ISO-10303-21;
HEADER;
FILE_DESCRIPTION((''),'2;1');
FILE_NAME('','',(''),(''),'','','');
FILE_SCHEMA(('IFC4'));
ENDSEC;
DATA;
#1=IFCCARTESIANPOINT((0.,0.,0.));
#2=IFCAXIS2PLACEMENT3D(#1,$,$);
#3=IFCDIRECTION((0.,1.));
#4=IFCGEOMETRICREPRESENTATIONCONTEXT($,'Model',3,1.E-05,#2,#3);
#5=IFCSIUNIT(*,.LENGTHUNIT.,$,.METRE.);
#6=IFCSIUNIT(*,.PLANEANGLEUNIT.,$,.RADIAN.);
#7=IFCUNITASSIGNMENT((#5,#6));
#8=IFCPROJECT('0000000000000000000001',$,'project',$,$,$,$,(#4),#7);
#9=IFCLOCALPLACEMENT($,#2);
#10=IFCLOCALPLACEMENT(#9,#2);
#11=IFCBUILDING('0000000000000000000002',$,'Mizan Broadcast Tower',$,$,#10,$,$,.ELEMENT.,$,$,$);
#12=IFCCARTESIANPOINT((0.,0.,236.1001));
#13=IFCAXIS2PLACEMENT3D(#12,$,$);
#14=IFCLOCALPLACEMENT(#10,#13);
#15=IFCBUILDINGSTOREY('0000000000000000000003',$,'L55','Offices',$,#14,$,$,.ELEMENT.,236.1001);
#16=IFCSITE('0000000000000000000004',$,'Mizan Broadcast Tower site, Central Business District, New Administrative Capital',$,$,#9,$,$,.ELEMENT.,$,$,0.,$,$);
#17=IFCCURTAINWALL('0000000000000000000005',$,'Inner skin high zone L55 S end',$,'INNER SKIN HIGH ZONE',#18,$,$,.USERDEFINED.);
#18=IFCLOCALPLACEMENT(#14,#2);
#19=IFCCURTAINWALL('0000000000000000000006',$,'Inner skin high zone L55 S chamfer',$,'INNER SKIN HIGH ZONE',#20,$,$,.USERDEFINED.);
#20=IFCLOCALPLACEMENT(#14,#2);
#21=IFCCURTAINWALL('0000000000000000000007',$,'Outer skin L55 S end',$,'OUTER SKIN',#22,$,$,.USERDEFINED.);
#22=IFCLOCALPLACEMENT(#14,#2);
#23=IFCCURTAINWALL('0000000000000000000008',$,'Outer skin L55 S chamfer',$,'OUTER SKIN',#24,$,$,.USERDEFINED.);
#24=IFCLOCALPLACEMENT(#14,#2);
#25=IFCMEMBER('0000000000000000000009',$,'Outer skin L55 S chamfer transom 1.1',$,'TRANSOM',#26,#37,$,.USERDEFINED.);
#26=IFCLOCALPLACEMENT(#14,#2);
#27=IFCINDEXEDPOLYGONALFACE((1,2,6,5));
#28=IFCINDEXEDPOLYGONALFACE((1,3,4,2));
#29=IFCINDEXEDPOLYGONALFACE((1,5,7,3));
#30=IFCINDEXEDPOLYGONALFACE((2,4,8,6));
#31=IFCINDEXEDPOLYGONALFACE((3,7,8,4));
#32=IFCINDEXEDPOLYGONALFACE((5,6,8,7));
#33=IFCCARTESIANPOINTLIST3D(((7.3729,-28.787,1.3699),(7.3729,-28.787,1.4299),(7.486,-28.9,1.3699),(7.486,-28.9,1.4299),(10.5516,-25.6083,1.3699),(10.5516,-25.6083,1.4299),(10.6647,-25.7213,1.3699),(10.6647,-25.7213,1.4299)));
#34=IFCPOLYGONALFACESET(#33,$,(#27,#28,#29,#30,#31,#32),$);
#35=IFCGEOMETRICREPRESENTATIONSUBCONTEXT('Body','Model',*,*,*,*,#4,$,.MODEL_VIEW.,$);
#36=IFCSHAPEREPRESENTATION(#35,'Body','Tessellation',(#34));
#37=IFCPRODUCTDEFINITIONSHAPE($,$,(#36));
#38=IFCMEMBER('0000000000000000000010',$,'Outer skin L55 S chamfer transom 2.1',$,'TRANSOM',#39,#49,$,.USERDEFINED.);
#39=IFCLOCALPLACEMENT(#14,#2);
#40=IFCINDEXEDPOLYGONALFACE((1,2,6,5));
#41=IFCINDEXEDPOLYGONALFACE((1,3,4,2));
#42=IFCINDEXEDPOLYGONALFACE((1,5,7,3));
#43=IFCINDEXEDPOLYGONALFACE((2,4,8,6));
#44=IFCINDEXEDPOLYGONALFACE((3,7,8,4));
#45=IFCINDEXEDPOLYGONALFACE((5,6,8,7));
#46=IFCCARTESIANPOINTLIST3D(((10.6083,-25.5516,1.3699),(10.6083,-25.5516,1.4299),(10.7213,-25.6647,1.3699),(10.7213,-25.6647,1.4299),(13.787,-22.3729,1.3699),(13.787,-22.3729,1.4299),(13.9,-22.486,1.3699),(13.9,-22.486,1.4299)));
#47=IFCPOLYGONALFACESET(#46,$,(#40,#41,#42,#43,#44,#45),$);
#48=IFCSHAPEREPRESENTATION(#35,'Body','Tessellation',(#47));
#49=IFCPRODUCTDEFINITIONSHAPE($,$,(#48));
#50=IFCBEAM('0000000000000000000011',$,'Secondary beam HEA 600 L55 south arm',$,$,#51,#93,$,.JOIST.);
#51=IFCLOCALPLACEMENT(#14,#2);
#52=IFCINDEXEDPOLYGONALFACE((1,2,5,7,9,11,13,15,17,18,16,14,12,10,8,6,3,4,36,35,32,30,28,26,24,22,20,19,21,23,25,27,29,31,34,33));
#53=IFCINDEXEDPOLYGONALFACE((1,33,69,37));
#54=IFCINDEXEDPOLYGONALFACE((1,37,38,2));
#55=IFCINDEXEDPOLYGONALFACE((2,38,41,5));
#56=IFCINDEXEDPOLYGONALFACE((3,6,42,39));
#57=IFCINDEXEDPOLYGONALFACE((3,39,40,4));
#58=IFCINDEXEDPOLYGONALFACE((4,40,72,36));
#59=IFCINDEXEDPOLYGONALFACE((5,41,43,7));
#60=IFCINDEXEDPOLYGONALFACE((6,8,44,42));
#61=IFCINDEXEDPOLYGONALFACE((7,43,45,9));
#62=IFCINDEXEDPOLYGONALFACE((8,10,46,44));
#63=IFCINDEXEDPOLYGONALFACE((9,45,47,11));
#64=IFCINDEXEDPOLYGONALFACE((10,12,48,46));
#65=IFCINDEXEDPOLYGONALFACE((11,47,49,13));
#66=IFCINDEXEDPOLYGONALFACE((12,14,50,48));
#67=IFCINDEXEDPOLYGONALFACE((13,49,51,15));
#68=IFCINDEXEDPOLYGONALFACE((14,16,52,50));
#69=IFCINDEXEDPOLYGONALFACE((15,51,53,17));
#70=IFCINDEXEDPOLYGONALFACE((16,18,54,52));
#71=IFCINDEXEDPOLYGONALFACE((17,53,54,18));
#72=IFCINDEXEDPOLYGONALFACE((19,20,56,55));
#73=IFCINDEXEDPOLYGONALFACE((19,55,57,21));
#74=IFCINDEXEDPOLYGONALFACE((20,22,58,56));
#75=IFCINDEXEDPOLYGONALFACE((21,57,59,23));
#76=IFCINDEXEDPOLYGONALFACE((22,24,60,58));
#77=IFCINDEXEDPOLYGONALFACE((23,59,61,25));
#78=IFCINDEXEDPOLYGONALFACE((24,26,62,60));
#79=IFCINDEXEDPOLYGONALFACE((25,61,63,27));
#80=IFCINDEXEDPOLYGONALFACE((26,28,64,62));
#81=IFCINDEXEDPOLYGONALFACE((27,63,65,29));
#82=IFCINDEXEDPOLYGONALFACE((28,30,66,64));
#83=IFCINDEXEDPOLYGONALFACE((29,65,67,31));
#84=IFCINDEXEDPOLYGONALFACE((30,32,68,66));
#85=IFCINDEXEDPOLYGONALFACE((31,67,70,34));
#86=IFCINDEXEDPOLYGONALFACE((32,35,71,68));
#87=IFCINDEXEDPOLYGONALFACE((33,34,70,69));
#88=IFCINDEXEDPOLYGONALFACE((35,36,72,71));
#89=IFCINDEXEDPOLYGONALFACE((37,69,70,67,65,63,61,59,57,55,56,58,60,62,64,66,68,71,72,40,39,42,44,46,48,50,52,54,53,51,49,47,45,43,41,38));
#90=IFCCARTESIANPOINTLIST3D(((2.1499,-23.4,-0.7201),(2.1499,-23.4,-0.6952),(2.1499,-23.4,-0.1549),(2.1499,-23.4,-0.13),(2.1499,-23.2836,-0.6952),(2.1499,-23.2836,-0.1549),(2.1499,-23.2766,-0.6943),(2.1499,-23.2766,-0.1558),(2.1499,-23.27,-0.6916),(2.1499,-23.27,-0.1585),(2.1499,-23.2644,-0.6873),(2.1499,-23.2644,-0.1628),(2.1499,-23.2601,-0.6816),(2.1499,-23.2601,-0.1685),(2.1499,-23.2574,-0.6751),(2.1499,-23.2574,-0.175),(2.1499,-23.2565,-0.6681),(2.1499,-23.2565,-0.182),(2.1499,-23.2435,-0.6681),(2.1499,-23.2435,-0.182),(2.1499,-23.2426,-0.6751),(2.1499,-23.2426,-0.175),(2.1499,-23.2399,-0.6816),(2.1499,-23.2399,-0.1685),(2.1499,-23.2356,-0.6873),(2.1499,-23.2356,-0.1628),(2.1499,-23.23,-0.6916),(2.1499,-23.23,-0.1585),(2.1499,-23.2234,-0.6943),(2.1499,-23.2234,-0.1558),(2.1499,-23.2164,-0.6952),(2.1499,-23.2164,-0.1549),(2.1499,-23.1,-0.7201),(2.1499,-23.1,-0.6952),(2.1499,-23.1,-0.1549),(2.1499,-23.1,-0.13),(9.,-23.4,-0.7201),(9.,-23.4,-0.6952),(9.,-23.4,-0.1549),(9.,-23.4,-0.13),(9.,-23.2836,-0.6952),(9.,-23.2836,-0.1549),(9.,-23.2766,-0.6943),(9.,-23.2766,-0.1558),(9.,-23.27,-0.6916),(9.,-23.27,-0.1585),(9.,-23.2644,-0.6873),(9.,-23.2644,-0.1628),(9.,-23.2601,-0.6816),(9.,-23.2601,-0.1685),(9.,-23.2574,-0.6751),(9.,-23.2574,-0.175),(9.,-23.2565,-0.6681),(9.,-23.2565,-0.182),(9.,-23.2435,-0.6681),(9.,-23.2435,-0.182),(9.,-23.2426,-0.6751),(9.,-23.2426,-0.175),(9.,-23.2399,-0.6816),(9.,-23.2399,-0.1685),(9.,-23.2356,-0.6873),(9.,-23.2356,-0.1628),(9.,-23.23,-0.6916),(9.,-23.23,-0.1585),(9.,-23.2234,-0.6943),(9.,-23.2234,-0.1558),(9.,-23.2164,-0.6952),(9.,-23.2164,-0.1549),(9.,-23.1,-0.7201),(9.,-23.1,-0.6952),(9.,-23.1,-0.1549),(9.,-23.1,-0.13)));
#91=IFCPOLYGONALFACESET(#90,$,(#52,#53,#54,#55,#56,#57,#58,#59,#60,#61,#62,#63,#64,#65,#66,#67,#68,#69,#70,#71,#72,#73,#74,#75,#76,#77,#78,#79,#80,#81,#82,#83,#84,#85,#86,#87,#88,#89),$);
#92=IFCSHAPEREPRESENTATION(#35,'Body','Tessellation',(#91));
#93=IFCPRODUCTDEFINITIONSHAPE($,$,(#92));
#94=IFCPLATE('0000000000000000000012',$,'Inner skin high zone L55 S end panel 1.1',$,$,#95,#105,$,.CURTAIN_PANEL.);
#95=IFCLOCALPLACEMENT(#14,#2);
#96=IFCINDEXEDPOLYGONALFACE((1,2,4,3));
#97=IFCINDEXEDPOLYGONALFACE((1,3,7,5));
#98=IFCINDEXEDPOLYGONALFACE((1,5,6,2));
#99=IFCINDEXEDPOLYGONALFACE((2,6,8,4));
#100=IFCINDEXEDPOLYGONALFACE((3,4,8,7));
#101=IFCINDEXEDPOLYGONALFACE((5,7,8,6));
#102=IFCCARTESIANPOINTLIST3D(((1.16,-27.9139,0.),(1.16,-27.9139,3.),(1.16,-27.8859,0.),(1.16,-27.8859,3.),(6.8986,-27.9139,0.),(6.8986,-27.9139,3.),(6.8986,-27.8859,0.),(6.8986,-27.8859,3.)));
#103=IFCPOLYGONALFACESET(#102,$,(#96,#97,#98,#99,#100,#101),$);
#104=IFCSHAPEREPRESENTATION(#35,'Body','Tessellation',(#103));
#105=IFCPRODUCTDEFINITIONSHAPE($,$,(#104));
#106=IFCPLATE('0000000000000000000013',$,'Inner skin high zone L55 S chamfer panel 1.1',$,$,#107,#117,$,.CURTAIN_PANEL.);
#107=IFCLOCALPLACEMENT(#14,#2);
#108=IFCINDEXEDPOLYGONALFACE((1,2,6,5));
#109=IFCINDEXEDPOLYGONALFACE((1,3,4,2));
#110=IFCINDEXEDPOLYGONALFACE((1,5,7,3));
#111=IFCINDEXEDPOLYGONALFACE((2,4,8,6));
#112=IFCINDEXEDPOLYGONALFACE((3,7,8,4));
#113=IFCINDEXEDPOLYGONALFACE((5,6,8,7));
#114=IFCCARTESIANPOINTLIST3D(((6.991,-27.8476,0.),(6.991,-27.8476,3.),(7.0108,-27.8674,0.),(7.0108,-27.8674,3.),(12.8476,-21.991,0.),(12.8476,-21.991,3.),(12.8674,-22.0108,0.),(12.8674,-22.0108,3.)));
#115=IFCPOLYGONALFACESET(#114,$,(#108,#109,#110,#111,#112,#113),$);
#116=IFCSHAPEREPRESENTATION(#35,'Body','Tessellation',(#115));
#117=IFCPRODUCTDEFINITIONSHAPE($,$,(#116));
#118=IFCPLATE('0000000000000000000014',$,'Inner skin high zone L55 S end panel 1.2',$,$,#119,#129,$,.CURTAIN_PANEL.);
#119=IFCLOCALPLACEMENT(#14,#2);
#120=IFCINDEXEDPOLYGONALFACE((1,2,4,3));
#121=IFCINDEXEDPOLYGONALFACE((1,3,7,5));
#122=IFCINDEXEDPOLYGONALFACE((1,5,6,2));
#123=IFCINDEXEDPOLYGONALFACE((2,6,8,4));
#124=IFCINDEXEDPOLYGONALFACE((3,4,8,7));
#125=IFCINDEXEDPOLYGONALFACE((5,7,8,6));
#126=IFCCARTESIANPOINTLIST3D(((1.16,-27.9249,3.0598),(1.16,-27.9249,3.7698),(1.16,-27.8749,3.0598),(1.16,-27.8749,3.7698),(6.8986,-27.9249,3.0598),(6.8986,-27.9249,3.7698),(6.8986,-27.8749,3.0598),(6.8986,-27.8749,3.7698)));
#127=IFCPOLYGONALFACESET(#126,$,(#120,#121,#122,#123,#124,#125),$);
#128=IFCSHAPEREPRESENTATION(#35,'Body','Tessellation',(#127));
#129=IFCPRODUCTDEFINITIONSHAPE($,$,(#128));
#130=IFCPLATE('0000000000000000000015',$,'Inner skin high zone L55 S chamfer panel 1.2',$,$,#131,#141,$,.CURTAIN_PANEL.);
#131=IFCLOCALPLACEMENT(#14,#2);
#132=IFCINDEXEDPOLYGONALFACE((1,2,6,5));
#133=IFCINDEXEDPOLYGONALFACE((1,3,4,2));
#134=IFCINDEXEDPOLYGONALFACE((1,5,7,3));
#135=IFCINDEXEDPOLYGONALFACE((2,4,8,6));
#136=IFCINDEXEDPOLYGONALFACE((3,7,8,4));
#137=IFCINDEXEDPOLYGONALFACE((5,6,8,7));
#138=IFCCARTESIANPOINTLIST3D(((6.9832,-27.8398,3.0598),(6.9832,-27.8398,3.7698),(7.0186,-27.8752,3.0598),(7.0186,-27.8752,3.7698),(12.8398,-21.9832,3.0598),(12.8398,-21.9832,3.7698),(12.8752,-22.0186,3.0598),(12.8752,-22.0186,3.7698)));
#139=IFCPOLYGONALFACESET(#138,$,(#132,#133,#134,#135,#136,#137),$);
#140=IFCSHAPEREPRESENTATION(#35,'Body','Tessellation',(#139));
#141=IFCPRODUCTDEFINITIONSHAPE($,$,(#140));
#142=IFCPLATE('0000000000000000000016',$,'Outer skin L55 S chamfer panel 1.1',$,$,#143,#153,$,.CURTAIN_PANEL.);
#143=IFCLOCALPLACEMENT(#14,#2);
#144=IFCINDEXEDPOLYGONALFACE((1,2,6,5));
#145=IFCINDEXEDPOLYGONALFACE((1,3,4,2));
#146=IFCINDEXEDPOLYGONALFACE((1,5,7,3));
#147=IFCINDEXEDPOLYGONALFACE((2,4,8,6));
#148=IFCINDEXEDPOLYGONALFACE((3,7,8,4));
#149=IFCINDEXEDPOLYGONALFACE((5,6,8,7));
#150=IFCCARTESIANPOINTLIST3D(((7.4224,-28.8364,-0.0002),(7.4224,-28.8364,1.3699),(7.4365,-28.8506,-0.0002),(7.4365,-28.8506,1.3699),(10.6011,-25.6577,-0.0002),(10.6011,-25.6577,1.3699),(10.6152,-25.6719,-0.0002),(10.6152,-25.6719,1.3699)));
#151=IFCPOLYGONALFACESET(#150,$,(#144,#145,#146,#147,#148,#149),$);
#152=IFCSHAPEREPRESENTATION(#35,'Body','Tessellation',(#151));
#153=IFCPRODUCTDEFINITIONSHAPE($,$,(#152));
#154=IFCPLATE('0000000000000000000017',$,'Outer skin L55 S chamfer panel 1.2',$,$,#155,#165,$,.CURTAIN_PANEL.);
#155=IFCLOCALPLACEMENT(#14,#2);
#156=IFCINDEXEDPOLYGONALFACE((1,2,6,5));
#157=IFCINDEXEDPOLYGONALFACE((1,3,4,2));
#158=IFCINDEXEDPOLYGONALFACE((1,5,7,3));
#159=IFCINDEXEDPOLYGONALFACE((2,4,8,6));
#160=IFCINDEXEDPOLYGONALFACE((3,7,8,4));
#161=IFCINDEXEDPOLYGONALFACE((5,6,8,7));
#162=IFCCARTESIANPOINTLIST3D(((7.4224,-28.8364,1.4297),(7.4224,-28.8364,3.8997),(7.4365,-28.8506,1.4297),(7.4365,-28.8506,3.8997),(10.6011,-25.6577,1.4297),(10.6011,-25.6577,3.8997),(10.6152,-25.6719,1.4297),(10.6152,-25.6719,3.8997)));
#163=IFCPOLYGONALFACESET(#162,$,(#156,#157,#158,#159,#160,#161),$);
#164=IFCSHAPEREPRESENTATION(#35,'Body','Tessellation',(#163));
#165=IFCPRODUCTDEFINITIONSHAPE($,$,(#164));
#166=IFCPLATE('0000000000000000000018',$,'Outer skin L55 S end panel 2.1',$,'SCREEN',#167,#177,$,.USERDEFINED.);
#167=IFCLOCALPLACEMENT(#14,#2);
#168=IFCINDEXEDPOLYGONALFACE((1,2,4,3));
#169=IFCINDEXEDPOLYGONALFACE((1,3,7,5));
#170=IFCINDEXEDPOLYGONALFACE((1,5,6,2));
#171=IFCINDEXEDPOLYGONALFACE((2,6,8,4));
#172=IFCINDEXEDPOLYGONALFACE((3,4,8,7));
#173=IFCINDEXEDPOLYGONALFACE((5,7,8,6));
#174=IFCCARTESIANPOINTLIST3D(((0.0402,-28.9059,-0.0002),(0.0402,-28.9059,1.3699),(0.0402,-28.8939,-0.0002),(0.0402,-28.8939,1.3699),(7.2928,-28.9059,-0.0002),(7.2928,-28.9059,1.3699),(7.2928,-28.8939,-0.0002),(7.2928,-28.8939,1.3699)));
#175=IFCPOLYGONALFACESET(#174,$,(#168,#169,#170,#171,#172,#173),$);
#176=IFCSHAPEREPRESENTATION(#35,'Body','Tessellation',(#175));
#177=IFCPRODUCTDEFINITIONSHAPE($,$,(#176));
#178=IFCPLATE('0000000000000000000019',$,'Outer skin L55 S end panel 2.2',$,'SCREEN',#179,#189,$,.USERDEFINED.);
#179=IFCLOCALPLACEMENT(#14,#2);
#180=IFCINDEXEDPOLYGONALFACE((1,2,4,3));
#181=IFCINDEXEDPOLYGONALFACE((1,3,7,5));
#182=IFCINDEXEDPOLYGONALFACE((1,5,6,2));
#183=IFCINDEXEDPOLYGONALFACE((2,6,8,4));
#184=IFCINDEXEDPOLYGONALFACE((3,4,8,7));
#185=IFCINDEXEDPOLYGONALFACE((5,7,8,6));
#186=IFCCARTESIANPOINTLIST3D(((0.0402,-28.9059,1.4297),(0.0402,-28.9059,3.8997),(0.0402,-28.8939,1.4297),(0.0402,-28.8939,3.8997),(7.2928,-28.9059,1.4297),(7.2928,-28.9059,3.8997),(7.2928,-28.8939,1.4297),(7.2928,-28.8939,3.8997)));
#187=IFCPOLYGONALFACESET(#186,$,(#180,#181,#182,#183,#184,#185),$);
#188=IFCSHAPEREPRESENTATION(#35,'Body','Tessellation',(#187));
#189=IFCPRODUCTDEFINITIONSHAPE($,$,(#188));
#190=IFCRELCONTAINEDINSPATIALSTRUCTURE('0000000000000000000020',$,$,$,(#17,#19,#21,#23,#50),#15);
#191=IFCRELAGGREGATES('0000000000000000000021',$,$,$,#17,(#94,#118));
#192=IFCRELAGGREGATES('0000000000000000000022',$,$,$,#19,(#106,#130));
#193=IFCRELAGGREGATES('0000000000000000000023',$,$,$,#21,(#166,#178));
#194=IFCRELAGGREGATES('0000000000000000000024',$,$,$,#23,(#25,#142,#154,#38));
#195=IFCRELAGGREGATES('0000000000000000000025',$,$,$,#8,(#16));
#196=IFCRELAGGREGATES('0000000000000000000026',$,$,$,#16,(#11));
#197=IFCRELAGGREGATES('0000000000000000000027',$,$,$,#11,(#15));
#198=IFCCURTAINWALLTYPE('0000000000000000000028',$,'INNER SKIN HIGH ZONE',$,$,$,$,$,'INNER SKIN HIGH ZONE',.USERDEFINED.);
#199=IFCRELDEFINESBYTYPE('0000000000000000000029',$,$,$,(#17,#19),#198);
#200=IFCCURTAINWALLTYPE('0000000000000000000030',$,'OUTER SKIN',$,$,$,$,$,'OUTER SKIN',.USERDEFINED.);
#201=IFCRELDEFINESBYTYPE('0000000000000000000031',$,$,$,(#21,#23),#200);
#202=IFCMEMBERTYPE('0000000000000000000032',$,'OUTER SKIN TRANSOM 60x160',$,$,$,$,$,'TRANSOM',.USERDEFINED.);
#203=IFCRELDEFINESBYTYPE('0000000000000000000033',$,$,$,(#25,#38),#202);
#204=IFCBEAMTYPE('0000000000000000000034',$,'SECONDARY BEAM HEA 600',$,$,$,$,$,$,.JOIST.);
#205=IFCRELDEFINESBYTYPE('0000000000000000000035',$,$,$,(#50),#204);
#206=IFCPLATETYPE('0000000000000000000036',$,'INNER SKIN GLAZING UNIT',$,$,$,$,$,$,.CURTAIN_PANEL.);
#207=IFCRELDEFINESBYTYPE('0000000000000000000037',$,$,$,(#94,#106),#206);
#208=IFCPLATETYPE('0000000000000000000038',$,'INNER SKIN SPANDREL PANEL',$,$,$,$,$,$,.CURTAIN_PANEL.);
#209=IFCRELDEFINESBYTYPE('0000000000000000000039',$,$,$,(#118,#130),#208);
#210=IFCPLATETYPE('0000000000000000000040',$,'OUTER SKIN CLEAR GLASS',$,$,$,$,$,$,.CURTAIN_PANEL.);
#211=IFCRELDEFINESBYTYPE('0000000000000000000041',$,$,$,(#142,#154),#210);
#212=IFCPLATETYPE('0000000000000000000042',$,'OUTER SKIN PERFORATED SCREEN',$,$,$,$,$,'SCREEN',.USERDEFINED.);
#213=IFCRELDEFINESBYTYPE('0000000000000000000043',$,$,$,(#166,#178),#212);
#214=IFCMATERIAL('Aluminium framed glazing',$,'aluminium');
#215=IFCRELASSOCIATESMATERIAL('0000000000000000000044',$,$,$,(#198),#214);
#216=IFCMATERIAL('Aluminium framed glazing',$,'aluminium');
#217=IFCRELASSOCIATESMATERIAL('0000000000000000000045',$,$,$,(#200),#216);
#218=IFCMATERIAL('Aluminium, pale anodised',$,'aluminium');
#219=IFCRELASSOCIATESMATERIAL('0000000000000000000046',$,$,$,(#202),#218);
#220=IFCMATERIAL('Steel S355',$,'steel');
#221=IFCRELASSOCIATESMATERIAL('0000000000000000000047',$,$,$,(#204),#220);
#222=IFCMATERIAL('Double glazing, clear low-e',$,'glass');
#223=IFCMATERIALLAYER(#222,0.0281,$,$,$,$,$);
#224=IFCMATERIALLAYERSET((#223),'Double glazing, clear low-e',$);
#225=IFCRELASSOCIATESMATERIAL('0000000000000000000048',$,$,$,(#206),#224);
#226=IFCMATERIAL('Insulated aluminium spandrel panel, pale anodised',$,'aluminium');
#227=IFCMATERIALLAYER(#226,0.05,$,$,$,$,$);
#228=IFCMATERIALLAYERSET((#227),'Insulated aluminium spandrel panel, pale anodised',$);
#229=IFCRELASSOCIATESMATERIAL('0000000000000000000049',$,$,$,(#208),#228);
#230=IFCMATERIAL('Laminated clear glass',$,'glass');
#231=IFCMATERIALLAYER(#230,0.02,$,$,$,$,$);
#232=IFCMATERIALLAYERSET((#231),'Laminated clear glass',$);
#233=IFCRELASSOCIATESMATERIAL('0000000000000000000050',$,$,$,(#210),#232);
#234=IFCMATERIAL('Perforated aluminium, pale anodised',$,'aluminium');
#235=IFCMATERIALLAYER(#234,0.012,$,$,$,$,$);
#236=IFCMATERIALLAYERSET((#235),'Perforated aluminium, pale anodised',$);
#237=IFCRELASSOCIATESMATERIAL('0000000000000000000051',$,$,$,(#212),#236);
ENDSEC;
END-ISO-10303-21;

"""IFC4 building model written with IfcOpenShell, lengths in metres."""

from ifc_helpers import new_model, si_unit, direction, frame, origin, origin_2d, place, context, subcontext, project, spatial, rectangle, i_section, extrude, material, layer, layer_set, material_profile, profile_set, type_object, element, aggregate, save


model = new_model("IFC4")

# Units and contexts
model_context = context("Model", 3, precision=1e-05, world=origin(), true_north=direction((0.0, 1.0)))
body_context = subcontext(model_context, "Body", "Model", "MODEL_VIEW")
ifc_project = project(units=[si_unit("LENGTHUNIT", "METRE"), si_unit("PLANEANGLEUNIT", "RADIAN")], contexts=[model_context])

# Site, building, storey
site_placement = place(None, origin())
site = spatial("IfcSite", under=ifc_project, at=site_placement, Name="Mizan Broadcast Tower site, Central Business District, New Administrative Capital", CompositionType="ELEMENT", RefElevation=0.0)
building_placement = place(site_placement, origin())
building = spatial("IfcBuilding", under=site, at=building_placement, Name="Mizan Broadcast Tower", CompositionType="ELEMENT")
storey_placement = place(building_placement, frame((0.0, 0.0, 236.1001)))
storey = spatial("IfcBuildingStorey", under=building, at=storey_placement, Name="L55", Description="Offices", CompositionType="ELEMENT", Elevation=236.1001)

# Curtain wall
ifc_material_1 = material(Name="Aluminium framed glazing", Category="aluminium")
curtain_wall_type_1 = type_object("IfcCurtainWallType", Name="INNER SKIN HIGH ZONE", ElementType="INNER SKIN HIGH ZONE", PredefinedType="USERDEFINED", material=ifc_material_1)
curtain_wall_1_placement = place(storey_placement, origin())
curtain_wall_1 = element("IfcCurtainWall", 1, at=curtain_wall_1_placement, inside=storey, type_object=curtain_wall_type_1, Name="Inner skin high zone L55 S end", ObjectType="INNER SKIN HIGH ZONE", PredefinedType="USERDEFINED")

# Curtain wall
curtain_wall_2_placement = place(storey_placement, origin())
curtain_wall_2 = element("IfcCurtainWall", 2, at=curtain_wall_2_placement, inside=storey, type_object=curtain_wall_type_1, Name="Inner skin high zone L55 S chamfer", ObjectType="INNER SKIN HIGH ZONE", PredefinedType="USERDEFINED")

# Curtain wall
ifc_material_2 = material(Name="Aluminium framed glazing", Category="aluminium")
curtain_wall_type_2 = type_object("IfcCurtainWallType", Name="OUTER SKIN", ElementType="OUTER SKIN", PredefinedType="USERDEFINED", material=ifc_material_2)
curtain_wall_3_placement = place(storey_placement, origin())
curtain_wall_3 = element("IfcCurtainWall", 3, at=curtain_wall_3_placement, inside=storey, type_object=curtain_wall_type_2, Name="Outer skin L55 S end", ObjectType="OUTER SKIN", PredefinedType="USERDEFINED")

# Curtain wall
curtain_wall_4_placement = place(storey_placement, origin())
curtain_wall_4 = element("IfcCurtainWall", 4, at=curtain_wall_4_placement, inside=storey, type_object=curtain_wall_type_2, Name="Outer skin L55 S chamfer", ObjectType="OUTER SKIN", PredefinedType="USERDEFINED")

# Members
ifc_material_3 = material(Name="Aluminium, pale anodised", Category="aluminium")
ifc_material_profile_1 = material_profile(ifc_material_3, rectangle(XDim=0.1599, YDim=0.0601, at=origin_2d()), Name="TRANSOM 160x60")
ifc_profile_set_1 = profile_set([ifc_material_profile_1], Name="Aluminium, pale anodised")
member_type_1 = type_object("IfcMemberType", Name="OUTER SKIN TRANSOM 60x160", ElementType="TRANSOM", PredefinedType="USERDEFINED", material=ifc_profile_set_1)
member_1_placement = place(storey_placement, frame((7.4294, -28.8435, 1.3999), z_axis=(0.707107, 0.707107, 0.0), x_axis=(-0.707107, 0.707107, 0.0)))
member_1 = element("IfcMember", 5, at=member_1_placement, type_object=member_type_1, Name="Outer skin L55 S chamfer transom 1.1", ObjectType="TRANSOM", PredefinedType="USERDEFINED", context=body_context, shape_type="SweptSolid", body=[
    extrude(rectangle(XDim=0.1599, YDim=0.0601, at=origin_2d()), origin(), (0.0, 0.0, 1.0), 4.4954),
])
member_2_placement = place(storey_placement, frame((10.6648, -25.6082, 1.3999), z_axis=(0.707107, 0.707107, 0.0), x_axis=(-0.707107, 0.707107, 0.0)))
member_2 = element("IfcMember", 6, at=member_2_placement, type_object=member_type_1, Name="Outer skin L55 S chamfer transom 2.1", ObjectType="TRANSOM", PredefinedType="USERDEFINED", context=body_context, shape_type="SweptSolid", body=[
    extrude(rectangle(XDim=0.1599, YDim=0.0601, at=origin_2d()), origin(), (0.0, 0.0, 1.0), 4.4954),
])

# Beam
ifc_material_4 = material(Name="Steel S355", Category="steel")
ifc_material_profile_2 = material_profile(ifc_material_4, i_section(OverallWidth=0.3, OverallDepth=0.5901, WebThickness=0.0129, FlangeThickness=0.0249, FilletRadius=0.0271, at=origin_2d()), Name="HEA 600")
ifc_profile_set_2 = profile_set([ifc_material_profile_2], Name="Steel S355")
beam_type_1 = type_object("IfcBeamType", Name="SECONDARY BEAM HEA 600", PredefinedType="JOIST", material=ifc_profile_set_2)
beam_1_placement = place(storey_placement, frame((9.0, -23.25, -0.425), z_axis=(-1.0, 0.0, 0.0), x_axis=(0.0, -1.0, 0.0)))
element("IfcBeam", 7, at=beam_1_placement, inside=storey, type_object=beam_type_1, Name="Secondary beam HEA 600 L55 south arm", PredefinedType="JOIST", context=body_context, shape_type="SweptSolid", body=[
    extrude(i_section(OverallWidth=0.3, OverallDepth=0.5901, WebThickness=0.0129, FlangeThickness=0.0249, FilletRadius=0.0271, at=origin_2d()), origin(), (0.0, 0.0, 1.0), 6.8501),
])

# Plates
ifc_material_5 = material(Name="Double glazing, clear low-e", Category="glass")
ifc_layer_1 = layer(ifc_material_5, 0.0281)
ifc_layer_set_1 = layer_set([ifc_layer_1], Name="Double glazing, clear low-e")
plate_type_1 = type_object("IfcPlateType", Name="INNER SKIN GLAZING UNIT", PredefinedType="CURTAIN_PANEL", material=ifc_layer_set_1)
plate_1_placement = place(storey_placement, frame((4.0293, -27.8999, 0.0), z_axis=(0.0, 0.0, 1.0), x_axis=(1.0, 0.0, 0.0)))
plate_1 = element("IfcPlate", 8, at=plate_1_placement, type_object=plate_type_1, Name="Inner skin high zone L55 S end panel 1.1", PredefinedType="CURTAIN_PANEL", context=body_context, shape_type="SweptSolid", body=[
    extrude(rectangle(XDim=5.7385, YDim=0.0281, at=origin_2d()), origin(), (0.0, 0.0, 1.0), 3.0),
])
plate_2_placement = place(storey_placement, frame((9.9292, -24.9292, 0.0), z_axis=(0.0, 0.0, 1.0), x_axis=(0.707107, 0.707107, 0.0)))
plate_2 = element("IfcPlate", 9, at=plate_2_placement, type_object=plate_type_1, Name="Inner skin high zone L55 S chamfer panel 1.1", PredefinedType="CURTAIN_PANEL", context=body_context, shape_type="SweptSolid", body=[
    extrude(rectangle(XDim=8.2825, YDim=0.0281, at=origin_2d()), origin(), (0.0, 0.0, 1.0), 3.0),
])
ifc_material_6 = material(Name="Insulated aluminium spandrel panel, pale anodised", Category="aluminium")
ifc_layer_2 = layer(ifc_material_6, 0.05)
ifc_layer_set_2 = layer_set([ifc_layer_2], Name="Insulated aluminium spandrel panel, pale anodised")
plate_type_2 = type_object("IfcPlateType", Name="INNER SKIN SPANDREL PANEL", PredefinedType="CURTAIN_PANEL", material=ifc_layer_set_2)
plate_3_placement = place(storey_placement, frame((4.0293, -27.8999, 3.0598), z_axis=(0.0, 0.0, 1.0), x_axis=(1.0, 0.0, 0.0)))
plate_3 = element("IfcPlate", 10, at=plate_3_placement, type_object=plate_type_2, Name="Inner skin high zone L55 S end panel 1.2", PredefinedType="CURTAIN_PANEL", context=body_context, shape_type="SweptSolid", body=[
    extrude(rectangle(XDim=5.7385, YDim=0.05, at=origin_2d()), origin(), (0.0, 0.0, 1.0), 0.71),
])
aggregate(curtain_wall_1, [plate_1, plate_3])
plate_4_placement = place(storey_placement, frame((9.9292, -24.9292, 3.0598), z_axis=(0.0, 0.0, 1.0), x_axis=(0.707107, 0.707107, 0.0)))
plate_4 = element("IfcPlate", 11, at=plate_4_placement, type_object=plate_type_2, Name="Inner skin high zone L55 S chamfer panel 1.2", PredefinedType="CURTAIN_PANEL", context=body_context, shape_type="SweptSolid", body=[
    extrude(rectangle(XDim=8.2825, YDim=0.05, at=origin_2d()), origin(), (0.0, 0.0, 1.0), 0.71),
])
aggregate(curtain_wall_2, [plate_2, plate_4])
ifc_material_7 = material(Name="Laminated clear glass", Category="glass")
ifc_layer_3 = layer(ifc_material_7, 0.02)
ifc_layer_set_3 = layer_set([ifc_layer_3], Name="Laminated clear glass")
plate_type_3 = type_object("IfcPlateType", Name="OUTER SKIN CLEAR GLASS", PredefinedType="CURTAIN_PANEL", material=ifc_layer_set_3)
plate_5_placement = place(storey_placement, frame((9.0188, -27.2542, -0.0002), z_axis=(0.0, 0.0, 1.0), x_axis=(0.707107, 0.707107, 0.0)))
plate_5 = element("IfcPlate", 12, at=plate_5_placement, type_object=plate_type_3, Name="Outer skin L55 S chamfer panel 1.1", PredefinedType="CURTAIN_PANEL", context=body_context, shape_type="SweptSolid", body=[
    extrude(rectangle(XDim=4.4954, YDim=0.02, at=origin_2d()), origin(), (0.0, 0.0, 1.0), 1.3701),
])
plate_6_placement = place(storey_placement, frame((9.0188, -27.2542, 1.4297), z_axis=(0.0, 0.0, 1.0), x_axis=(0.707107, 0.707107, 0.0)))
plate_6 = element("IfcPlate", 13, at=plate_6_placement, type_object=plate_type_3, Name="Outer skin L55 S chamfer panel 1.2", PredefinedType="CURTAIN_PANEL", context=body_context, shape_type="SweptSolid", body=[
    extrude(rectangle(XDim=4.4954, YDim=0.02, at=origin_2d()), origin(), (0.0, 0.0, 1.0), 2.47),
])
ifc_material_8 = material(Name="Perforated aluminium, pale anodised", Category="aluminium")
ifc_layer_4 = layer(ifc_material_8, 0.012)
ifc_layer_set_4 = layer_set([ifc_layer_4], Name="Perforated aluminium, pale anodised")
plate_type_4 = type_object("IfcPlateType", Name="OUTER SKIN PERFORATED SCREEN", ElementType="SCREEN", PredefinedType="USERDEFINED", material=ifc_layer_set_4)
plate_7_placement = place(storey_placement, frame((3.6665, -28.8999, -0.0002), z_axis=(0.0, 0.0, 1.0), x_axis=(1.0, 0.0, 0.0)))
plate_7 = element("IfcPlate", 14, at=plate_7_placement, type_object=plate_type_4, Name="Outer skin L55 S end panel 2.1", ObjectType="SCREEN", PredefinedType="USERDEFINED", context=body_context, shape_type="SweptSolid", body=[
    extrude(rectangle(XDim=7.2527, YDim=0.012, at=origin_2d()), origin(), (0.0, 0.0, 1.0), 1.3701),
])
plate_8_placement = place(storey_placement, frame((3.6665, -28.8999, 1.4297), z_axis=(0.0, 0.0, 1.0), x_axis=(1.0, 0.0, 0.0)))
plate_8 = element("IfcPlate", 15, at=plate_8_placement, type_object=plate_type_4, Name="Outer skin L55 S end panel 2.2", ObjectType="SCREEN", PredefinedType="USERDEFINED", context=body_context, shape_type="SweptSolid", body=[
    extrude(rectangle(XDim=7.2527, YDim=0.012, at=origin_2d()), origin(), (0.0, 0.0, 1.0), 2.47),
])
aggregate(curtain_wall_3, [plate_7, plate_8])
aggregate(curtain_wall_4, [member_1, plate_5, plate_6, member_2])

save(model, "model.ifc")
